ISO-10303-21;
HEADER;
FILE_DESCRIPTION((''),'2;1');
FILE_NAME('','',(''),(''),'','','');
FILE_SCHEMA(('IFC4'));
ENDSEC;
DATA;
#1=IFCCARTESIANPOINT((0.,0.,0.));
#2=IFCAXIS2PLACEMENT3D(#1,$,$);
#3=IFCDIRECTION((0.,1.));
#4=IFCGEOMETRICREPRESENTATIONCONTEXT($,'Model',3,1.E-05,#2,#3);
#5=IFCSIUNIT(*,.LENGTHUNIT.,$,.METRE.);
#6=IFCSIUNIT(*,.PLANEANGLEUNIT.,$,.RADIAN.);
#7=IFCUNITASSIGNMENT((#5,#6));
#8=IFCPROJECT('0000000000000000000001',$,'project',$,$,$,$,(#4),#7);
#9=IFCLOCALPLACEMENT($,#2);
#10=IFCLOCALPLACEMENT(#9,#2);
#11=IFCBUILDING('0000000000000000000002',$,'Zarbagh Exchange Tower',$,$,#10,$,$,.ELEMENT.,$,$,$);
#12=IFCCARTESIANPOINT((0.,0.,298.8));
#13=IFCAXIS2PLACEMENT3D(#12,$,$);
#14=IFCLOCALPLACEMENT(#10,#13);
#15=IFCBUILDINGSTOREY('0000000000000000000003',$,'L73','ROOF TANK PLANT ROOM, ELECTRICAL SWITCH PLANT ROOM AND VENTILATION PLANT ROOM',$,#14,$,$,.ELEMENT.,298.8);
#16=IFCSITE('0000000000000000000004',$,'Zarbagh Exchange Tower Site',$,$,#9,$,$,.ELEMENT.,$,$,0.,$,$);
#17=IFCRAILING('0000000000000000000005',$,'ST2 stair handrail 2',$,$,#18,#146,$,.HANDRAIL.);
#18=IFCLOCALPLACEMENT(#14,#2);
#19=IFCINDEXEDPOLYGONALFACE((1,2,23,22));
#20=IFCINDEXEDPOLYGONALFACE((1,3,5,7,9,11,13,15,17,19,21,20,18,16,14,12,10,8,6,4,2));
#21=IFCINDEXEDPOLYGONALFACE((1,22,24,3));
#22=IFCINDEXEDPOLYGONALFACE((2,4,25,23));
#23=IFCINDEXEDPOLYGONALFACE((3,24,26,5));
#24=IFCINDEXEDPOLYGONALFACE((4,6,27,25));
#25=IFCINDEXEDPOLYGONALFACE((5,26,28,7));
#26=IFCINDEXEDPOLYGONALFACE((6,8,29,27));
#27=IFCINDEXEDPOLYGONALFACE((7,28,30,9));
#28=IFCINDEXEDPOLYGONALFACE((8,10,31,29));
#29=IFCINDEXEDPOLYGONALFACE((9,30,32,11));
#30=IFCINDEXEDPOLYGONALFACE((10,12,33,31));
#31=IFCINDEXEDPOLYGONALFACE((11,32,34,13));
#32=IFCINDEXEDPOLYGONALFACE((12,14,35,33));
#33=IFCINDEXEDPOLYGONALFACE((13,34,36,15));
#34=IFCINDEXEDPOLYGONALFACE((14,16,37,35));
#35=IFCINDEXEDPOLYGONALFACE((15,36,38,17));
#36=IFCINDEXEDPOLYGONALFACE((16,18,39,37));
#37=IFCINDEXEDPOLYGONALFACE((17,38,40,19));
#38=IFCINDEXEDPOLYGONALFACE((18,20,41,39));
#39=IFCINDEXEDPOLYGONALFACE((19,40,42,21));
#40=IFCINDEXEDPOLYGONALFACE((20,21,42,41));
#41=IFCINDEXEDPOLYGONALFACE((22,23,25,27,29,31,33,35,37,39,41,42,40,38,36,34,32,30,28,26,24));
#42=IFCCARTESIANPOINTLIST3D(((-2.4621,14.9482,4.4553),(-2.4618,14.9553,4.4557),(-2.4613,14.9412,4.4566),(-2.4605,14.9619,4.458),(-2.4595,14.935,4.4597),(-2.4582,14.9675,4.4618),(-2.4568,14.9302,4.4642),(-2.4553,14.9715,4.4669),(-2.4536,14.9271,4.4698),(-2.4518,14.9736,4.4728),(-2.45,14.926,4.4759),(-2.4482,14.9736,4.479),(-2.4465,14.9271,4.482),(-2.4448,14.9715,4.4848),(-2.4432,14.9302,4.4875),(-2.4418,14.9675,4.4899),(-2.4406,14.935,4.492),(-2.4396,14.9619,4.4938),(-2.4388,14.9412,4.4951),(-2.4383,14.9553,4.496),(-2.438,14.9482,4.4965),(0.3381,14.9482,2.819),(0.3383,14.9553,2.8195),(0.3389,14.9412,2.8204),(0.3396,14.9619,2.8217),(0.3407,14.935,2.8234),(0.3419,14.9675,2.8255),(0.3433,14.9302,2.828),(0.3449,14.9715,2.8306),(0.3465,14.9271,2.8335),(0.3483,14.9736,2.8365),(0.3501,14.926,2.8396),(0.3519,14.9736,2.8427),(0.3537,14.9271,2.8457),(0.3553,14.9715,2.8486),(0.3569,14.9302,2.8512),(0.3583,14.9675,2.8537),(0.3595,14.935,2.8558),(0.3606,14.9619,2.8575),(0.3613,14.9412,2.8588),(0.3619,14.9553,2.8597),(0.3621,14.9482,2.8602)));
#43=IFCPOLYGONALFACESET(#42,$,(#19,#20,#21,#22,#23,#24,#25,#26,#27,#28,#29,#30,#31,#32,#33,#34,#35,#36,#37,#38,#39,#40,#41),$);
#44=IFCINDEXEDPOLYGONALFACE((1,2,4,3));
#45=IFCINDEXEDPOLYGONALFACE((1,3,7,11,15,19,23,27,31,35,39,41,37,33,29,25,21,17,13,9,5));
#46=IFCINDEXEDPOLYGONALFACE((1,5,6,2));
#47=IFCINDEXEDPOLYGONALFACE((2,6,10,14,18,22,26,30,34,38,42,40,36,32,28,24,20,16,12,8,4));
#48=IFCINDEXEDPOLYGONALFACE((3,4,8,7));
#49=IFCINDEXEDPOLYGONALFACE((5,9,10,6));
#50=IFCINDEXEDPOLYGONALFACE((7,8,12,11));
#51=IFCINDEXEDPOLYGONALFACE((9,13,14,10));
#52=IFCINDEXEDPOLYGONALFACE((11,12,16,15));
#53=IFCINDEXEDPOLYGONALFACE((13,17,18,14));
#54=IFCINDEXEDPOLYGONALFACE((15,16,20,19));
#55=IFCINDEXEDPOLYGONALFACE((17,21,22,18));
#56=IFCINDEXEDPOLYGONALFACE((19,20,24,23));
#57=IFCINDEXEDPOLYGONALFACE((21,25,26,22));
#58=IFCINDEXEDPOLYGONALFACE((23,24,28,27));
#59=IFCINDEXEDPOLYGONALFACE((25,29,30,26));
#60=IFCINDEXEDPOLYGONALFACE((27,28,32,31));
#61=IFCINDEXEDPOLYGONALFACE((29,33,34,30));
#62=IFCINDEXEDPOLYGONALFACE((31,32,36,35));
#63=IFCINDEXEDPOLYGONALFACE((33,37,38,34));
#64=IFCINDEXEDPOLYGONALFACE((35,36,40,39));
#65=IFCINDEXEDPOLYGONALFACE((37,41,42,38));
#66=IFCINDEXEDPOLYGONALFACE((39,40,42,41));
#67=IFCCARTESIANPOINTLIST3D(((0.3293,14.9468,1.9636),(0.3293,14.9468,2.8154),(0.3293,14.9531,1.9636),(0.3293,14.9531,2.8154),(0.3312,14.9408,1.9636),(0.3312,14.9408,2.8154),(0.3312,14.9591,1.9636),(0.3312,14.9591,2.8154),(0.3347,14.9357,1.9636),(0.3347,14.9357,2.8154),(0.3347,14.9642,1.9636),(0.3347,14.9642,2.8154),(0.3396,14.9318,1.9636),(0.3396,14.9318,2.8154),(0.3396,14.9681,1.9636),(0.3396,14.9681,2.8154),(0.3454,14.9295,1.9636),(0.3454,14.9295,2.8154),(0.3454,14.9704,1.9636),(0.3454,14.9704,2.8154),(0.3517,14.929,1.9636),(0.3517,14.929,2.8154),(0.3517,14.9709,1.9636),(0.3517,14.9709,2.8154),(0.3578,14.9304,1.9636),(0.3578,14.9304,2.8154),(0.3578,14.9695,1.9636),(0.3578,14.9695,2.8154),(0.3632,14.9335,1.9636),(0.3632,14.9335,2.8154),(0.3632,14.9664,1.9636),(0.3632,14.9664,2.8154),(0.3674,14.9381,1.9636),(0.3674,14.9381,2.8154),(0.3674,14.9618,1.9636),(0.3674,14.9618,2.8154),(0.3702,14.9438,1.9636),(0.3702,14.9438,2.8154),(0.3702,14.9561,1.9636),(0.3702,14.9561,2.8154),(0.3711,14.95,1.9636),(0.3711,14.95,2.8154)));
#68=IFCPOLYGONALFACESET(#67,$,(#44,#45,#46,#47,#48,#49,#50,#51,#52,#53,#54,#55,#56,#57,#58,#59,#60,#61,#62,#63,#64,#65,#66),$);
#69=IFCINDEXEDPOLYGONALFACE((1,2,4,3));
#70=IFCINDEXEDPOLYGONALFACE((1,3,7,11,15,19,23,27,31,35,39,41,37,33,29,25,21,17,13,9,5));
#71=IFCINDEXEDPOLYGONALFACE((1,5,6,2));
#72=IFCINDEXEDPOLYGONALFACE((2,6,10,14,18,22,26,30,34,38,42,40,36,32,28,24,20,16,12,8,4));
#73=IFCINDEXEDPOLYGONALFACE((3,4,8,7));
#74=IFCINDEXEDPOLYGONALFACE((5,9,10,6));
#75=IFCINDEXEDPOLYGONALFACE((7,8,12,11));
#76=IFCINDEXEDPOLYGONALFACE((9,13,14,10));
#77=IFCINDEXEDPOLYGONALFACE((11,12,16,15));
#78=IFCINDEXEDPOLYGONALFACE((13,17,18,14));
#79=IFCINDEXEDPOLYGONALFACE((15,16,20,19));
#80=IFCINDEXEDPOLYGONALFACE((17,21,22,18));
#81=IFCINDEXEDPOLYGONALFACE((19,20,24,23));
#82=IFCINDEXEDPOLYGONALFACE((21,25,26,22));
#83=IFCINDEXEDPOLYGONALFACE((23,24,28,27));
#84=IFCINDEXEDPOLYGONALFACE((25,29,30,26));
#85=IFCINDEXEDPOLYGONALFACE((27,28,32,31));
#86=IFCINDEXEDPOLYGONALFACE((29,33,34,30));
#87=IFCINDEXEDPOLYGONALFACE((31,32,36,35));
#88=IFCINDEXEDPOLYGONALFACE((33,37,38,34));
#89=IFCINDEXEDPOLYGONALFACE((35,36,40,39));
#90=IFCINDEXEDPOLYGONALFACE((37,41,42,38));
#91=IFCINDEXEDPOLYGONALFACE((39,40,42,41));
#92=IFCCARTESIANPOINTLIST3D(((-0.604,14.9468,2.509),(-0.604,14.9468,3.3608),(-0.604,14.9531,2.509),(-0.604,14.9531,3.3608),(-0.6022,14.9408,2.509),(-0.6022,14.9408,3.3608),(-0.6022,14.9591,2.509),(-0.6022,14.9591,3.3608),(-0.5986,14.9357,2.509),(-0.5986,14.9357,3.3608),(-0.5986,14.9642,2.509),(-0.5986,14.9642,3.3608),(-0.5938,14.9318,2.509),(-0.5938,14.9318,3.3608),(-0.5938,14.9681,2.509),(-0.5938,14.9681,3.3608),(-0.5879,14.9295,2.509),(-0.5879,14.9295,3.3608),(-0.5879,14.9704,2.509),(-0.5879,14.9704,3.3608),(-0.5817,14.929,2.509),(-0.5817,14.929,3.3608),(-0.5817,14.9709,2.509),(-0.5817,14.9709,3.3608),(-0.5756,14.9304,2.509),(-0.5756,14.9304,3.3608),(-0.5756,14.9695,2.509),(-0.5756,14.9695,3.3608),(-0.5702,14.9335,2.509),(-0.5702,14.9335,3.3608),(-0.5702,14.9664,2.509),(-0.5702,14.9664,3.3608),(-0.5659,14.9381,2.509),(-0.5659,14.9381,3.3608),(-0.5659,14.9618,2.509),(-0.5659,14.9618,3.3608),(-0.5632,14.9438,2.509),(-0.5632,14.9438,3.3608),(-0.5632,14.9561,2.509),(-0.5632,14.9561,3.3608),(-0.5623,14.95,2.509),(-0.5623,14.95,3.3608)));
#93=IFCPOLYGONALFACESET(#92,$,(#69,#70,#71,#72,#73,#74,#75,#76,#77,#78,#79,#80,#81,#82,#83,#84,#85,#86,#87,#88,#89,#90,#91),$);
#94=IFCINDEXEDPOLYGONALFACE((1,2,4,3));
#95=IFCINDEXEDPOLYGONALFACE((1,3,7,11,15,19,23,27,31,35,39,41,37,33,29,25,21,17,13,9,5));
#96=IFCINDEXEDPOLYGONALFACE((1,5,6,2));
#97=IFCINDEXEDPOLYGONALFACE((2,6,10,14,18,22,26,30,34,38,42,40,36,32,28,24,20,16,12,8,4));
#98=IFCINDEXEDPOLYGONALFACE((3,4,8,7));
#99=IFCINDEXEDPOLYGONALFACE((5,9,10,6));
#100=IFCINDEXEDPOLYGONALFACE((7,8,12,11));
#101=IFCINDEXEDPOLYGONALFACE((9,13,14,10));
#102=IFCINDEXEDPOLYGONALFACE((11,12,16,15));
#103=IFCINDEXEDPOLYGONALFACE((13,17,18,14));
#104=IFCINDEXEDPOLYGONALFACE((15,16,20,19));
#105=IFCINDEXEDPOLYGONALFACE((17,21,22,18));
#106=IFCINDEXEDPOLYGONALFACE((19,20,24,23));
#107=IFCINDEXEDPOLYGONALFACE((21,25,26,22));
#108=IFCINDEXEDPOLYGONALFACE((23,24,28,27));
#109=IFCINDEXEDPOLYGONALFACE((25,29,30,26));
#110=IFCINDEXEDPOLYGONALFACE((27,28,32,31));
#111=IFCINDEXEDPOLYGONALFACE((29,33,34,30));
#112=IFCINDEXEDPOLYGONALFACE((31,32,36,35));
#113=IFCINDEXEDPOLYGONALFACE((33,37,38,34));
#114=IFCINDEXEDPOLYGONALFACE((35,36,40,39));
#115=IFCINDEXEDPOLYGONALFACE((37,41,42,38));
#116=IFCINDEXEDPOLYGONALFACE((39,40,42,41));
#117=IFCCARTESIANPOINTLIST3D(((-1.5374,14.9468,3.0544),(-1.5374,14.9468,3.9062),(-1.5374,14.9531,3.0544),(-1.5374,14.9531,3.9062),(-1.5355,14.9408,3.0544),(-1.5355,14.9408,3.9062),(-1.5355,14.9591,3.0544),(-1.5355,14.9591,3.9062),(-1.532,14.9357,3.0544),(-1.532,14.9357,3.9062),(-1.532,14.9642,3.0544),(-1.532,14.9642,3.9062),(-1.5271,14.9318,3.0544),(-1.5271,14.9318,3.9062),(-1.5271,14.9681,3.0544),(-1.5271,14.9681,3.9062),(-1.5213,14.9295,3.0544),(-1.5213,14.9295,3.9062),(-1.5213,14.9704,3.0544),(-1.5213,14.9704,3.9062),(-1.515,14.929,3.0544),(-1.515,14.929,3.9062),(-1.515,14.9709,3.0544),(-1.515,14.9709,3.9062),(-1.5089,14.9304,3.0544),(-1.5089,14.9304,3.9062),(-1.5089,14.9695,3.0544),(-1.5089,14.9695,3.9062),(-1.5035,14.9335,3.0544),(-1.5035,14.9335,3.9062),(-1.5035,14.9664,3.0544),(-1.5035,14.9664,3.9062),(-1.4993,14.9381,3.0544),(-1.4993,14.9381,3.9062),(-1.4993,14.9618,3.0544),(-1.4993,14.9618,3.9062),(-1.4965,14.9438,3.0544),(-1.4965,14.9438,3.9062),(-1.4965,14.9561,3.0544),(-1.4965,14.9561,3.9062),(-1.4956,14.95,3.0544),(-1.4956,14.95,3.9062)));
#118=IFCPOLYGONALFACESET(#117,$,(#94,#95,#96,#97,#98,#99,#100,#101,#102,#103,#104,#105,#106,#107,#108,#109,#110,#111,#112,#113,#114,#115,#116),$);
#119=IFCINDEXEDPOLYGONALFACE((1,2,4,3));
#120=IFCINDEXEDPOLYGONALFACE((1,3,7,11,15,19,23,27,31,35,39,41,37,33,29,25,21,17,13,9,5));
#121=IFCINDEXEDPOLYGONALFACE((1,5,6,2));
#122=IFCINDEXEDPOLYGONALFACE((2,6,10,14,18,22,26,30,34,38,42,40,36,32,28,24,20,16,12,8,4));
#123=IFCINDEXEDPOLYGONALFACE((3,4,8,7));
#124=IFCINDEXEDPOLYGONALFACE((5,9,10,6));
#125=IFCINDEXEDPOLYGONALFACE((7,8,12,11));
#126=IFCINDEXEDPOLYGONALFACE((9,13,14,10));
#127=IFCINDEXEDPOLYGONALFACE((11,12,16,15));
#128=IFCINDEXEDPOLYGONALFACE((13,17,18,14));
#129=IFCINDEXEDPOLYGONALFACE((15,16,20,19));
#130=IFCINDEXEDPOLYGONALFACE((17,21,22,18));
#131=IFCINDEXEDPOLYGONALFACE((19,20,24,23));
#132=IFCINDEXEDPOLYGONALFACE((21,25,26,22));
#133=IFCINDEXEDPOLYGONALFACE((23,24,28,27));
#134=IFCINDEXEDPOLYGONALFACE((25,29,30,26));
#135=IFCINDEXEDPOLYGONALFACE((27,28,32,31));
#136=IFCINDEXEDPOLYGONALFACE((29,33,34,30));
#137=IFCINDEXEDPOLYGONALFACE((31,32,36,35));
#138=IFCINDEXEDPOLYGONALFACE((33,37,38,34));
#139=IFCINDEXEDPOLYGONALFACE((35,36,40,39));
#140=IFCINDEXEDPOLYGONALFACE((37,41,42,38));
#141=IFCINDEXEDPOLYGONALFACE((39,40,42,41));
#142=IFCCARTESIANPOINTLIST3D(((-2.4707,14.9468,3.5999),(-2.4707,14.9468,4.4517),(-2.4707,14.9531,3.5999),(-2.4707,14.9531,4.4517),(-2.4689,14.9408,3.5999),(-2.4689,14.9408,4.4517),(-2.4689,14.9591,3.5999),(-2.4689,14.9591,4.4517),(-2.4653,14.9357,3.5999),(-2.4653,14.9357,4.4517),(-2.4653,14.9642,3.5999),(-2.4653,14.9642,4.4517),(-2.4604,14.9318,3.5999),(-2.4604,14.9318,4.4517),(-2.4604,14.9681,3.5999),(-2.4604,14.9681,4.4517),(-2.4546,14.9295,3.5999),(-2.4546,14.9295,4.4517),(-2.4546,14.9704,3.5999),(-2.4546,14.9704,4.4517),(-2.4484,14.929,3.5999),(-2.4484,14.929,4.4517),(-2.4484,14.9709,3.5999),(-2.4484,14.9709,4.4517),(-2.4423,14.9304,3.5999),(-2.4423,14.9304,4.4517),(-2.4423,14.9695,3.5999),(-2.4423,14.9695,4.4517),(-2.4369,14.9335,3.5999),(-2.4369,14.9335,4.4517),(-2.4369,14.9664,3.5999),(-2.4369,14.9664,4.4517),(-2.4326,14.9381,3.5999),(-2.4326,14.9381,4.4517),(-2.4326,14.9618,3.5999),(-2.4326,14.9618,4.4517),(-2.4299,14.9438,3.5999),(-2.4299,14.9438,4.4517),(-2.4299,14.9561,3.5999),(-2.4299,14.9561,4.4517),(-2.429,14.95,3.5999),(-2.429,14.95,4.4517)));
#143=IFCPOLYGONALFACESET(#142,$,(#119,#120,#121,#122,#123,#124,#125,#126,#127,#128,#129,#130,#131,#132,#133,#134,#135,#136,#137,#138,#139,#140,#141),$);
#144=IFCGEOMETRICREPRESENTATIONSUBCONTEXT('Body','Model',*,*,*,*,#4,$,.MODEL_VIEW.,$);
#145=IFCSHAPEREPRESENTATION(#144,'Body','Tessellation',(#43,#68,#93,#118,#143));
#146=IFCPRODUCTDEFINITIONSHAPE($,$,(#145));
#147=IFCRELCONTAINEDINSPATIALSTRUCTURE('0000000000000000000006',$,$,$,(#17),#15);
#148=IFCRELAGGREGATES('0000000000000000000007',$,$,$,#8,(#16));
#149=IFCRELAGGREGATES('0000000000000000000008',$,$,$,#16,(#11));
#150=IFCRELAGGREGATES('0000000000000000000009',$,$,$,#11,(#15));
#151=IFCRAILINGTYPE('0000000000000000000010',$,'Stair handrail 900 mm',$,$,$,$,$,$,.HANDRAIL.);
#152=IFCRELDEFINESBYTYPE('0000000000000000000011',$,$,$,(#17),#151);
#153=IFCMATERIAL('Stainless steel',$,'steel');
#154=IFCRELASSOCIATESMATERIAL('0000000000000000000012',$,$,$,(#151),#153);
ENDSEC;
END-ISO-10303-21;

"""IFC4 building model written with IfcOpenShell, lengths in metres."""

from ifc_helpers import new_model, si_unit, direction, frame, origin, origin_2d, place, context, subcontext, project, spatial, circle, extrude, material, type_object, element, save


model = new_model("IFC4")

# Units and contexts
model_context = context("Model", 3, precision=1e-05, world=origin(), true_north=direction((0.0, 1.0)))
body_context = subcontext(model_context, "Body", "Model", "MODEL_VIEW")
ifc_project = project(units=[si_unit("LENGTHUNIT", "METRE"), si_unit("PLANEANGLEUNIT", "RADIAN")], contexts=[model_context])

# Site, building, storey
site_placement = place(None, origin())
site = spatial("IfcSite", under=ifc_project, at=site_placement, Name="Zarbagh Exchange Tower Site", CompositionType="ELEMENT", RefElevation=0.0)
building_placement = place(site_placement, origin())
building = spatial("IfcBuilding", under=site, at=building_placement, Name="Zarbagh Exchange Tower", CompositionType="ELEMENT")
storey_placement = place(building_placement, frame((0.0, 0.0, 298.8)))
storey = spatial("IfcBuildingStorey", under=building, at=storey_placement, Name="L73", Description="ROOF TANK PLANT ROOM, ELECTRICAL SWITCH PLANT ROOM AND VENTILATION PLANT ROOM", CompositionType="ELEMENT", Elevation=298.8)

# Railing
ifc_material_1 = material(Name="Stainless steel", Category="steel")
railing_type_1 = type_object("IfcRailingType", Name="Stair handrail 900 mm", PredefinedType="HANDRAIL", material=ifc_material_1)
railing_1_placement = place(storey_placement, frame((0.3501, 14.95, 1.9636)))
element("IfcRailing", 1, at=railing_1_placement, inside=storey, type_object=railing_type_1, Name="ST2 stair handrail 2", PredefinedType="HANDRAIL", context=body_context, shape_type="SweptSolid", body=[
    extrude(circle(Radius=0.0239, at=origin_2d()), frame((0.0, 0.0, 0.876), z_axis=(-0.863394, 0.0, 0.504531), x_axis=(0.0, -1.0, 0.0)), (0.0, 0.0, 1.0), 3.2432),
    extrude(circle(Radius=0.021, at=origin_2d()), origin(), (0.0, 0.0, 1.0), 0.8518),
    extrude(circle(Radius=0.021, at=origin_2d()), frame((-0.9333, 0.0, 0.5454)), (0.0, 0.0, 1.0), 0.8518),
    extrude(circle(Radius=0.021, at=origin_2d()), frame((-1.8667, 0.0, 1.0908)), (0.0, 0.0, 1.0), 0.8518),
    extrude(circle(Radius=0.021, at=origin_2d()), frame((-2.8, 0.0, 1.6362)), (0.0, 0.0, 1.0), 0.8518),
])

save(model, "model.ifc")
